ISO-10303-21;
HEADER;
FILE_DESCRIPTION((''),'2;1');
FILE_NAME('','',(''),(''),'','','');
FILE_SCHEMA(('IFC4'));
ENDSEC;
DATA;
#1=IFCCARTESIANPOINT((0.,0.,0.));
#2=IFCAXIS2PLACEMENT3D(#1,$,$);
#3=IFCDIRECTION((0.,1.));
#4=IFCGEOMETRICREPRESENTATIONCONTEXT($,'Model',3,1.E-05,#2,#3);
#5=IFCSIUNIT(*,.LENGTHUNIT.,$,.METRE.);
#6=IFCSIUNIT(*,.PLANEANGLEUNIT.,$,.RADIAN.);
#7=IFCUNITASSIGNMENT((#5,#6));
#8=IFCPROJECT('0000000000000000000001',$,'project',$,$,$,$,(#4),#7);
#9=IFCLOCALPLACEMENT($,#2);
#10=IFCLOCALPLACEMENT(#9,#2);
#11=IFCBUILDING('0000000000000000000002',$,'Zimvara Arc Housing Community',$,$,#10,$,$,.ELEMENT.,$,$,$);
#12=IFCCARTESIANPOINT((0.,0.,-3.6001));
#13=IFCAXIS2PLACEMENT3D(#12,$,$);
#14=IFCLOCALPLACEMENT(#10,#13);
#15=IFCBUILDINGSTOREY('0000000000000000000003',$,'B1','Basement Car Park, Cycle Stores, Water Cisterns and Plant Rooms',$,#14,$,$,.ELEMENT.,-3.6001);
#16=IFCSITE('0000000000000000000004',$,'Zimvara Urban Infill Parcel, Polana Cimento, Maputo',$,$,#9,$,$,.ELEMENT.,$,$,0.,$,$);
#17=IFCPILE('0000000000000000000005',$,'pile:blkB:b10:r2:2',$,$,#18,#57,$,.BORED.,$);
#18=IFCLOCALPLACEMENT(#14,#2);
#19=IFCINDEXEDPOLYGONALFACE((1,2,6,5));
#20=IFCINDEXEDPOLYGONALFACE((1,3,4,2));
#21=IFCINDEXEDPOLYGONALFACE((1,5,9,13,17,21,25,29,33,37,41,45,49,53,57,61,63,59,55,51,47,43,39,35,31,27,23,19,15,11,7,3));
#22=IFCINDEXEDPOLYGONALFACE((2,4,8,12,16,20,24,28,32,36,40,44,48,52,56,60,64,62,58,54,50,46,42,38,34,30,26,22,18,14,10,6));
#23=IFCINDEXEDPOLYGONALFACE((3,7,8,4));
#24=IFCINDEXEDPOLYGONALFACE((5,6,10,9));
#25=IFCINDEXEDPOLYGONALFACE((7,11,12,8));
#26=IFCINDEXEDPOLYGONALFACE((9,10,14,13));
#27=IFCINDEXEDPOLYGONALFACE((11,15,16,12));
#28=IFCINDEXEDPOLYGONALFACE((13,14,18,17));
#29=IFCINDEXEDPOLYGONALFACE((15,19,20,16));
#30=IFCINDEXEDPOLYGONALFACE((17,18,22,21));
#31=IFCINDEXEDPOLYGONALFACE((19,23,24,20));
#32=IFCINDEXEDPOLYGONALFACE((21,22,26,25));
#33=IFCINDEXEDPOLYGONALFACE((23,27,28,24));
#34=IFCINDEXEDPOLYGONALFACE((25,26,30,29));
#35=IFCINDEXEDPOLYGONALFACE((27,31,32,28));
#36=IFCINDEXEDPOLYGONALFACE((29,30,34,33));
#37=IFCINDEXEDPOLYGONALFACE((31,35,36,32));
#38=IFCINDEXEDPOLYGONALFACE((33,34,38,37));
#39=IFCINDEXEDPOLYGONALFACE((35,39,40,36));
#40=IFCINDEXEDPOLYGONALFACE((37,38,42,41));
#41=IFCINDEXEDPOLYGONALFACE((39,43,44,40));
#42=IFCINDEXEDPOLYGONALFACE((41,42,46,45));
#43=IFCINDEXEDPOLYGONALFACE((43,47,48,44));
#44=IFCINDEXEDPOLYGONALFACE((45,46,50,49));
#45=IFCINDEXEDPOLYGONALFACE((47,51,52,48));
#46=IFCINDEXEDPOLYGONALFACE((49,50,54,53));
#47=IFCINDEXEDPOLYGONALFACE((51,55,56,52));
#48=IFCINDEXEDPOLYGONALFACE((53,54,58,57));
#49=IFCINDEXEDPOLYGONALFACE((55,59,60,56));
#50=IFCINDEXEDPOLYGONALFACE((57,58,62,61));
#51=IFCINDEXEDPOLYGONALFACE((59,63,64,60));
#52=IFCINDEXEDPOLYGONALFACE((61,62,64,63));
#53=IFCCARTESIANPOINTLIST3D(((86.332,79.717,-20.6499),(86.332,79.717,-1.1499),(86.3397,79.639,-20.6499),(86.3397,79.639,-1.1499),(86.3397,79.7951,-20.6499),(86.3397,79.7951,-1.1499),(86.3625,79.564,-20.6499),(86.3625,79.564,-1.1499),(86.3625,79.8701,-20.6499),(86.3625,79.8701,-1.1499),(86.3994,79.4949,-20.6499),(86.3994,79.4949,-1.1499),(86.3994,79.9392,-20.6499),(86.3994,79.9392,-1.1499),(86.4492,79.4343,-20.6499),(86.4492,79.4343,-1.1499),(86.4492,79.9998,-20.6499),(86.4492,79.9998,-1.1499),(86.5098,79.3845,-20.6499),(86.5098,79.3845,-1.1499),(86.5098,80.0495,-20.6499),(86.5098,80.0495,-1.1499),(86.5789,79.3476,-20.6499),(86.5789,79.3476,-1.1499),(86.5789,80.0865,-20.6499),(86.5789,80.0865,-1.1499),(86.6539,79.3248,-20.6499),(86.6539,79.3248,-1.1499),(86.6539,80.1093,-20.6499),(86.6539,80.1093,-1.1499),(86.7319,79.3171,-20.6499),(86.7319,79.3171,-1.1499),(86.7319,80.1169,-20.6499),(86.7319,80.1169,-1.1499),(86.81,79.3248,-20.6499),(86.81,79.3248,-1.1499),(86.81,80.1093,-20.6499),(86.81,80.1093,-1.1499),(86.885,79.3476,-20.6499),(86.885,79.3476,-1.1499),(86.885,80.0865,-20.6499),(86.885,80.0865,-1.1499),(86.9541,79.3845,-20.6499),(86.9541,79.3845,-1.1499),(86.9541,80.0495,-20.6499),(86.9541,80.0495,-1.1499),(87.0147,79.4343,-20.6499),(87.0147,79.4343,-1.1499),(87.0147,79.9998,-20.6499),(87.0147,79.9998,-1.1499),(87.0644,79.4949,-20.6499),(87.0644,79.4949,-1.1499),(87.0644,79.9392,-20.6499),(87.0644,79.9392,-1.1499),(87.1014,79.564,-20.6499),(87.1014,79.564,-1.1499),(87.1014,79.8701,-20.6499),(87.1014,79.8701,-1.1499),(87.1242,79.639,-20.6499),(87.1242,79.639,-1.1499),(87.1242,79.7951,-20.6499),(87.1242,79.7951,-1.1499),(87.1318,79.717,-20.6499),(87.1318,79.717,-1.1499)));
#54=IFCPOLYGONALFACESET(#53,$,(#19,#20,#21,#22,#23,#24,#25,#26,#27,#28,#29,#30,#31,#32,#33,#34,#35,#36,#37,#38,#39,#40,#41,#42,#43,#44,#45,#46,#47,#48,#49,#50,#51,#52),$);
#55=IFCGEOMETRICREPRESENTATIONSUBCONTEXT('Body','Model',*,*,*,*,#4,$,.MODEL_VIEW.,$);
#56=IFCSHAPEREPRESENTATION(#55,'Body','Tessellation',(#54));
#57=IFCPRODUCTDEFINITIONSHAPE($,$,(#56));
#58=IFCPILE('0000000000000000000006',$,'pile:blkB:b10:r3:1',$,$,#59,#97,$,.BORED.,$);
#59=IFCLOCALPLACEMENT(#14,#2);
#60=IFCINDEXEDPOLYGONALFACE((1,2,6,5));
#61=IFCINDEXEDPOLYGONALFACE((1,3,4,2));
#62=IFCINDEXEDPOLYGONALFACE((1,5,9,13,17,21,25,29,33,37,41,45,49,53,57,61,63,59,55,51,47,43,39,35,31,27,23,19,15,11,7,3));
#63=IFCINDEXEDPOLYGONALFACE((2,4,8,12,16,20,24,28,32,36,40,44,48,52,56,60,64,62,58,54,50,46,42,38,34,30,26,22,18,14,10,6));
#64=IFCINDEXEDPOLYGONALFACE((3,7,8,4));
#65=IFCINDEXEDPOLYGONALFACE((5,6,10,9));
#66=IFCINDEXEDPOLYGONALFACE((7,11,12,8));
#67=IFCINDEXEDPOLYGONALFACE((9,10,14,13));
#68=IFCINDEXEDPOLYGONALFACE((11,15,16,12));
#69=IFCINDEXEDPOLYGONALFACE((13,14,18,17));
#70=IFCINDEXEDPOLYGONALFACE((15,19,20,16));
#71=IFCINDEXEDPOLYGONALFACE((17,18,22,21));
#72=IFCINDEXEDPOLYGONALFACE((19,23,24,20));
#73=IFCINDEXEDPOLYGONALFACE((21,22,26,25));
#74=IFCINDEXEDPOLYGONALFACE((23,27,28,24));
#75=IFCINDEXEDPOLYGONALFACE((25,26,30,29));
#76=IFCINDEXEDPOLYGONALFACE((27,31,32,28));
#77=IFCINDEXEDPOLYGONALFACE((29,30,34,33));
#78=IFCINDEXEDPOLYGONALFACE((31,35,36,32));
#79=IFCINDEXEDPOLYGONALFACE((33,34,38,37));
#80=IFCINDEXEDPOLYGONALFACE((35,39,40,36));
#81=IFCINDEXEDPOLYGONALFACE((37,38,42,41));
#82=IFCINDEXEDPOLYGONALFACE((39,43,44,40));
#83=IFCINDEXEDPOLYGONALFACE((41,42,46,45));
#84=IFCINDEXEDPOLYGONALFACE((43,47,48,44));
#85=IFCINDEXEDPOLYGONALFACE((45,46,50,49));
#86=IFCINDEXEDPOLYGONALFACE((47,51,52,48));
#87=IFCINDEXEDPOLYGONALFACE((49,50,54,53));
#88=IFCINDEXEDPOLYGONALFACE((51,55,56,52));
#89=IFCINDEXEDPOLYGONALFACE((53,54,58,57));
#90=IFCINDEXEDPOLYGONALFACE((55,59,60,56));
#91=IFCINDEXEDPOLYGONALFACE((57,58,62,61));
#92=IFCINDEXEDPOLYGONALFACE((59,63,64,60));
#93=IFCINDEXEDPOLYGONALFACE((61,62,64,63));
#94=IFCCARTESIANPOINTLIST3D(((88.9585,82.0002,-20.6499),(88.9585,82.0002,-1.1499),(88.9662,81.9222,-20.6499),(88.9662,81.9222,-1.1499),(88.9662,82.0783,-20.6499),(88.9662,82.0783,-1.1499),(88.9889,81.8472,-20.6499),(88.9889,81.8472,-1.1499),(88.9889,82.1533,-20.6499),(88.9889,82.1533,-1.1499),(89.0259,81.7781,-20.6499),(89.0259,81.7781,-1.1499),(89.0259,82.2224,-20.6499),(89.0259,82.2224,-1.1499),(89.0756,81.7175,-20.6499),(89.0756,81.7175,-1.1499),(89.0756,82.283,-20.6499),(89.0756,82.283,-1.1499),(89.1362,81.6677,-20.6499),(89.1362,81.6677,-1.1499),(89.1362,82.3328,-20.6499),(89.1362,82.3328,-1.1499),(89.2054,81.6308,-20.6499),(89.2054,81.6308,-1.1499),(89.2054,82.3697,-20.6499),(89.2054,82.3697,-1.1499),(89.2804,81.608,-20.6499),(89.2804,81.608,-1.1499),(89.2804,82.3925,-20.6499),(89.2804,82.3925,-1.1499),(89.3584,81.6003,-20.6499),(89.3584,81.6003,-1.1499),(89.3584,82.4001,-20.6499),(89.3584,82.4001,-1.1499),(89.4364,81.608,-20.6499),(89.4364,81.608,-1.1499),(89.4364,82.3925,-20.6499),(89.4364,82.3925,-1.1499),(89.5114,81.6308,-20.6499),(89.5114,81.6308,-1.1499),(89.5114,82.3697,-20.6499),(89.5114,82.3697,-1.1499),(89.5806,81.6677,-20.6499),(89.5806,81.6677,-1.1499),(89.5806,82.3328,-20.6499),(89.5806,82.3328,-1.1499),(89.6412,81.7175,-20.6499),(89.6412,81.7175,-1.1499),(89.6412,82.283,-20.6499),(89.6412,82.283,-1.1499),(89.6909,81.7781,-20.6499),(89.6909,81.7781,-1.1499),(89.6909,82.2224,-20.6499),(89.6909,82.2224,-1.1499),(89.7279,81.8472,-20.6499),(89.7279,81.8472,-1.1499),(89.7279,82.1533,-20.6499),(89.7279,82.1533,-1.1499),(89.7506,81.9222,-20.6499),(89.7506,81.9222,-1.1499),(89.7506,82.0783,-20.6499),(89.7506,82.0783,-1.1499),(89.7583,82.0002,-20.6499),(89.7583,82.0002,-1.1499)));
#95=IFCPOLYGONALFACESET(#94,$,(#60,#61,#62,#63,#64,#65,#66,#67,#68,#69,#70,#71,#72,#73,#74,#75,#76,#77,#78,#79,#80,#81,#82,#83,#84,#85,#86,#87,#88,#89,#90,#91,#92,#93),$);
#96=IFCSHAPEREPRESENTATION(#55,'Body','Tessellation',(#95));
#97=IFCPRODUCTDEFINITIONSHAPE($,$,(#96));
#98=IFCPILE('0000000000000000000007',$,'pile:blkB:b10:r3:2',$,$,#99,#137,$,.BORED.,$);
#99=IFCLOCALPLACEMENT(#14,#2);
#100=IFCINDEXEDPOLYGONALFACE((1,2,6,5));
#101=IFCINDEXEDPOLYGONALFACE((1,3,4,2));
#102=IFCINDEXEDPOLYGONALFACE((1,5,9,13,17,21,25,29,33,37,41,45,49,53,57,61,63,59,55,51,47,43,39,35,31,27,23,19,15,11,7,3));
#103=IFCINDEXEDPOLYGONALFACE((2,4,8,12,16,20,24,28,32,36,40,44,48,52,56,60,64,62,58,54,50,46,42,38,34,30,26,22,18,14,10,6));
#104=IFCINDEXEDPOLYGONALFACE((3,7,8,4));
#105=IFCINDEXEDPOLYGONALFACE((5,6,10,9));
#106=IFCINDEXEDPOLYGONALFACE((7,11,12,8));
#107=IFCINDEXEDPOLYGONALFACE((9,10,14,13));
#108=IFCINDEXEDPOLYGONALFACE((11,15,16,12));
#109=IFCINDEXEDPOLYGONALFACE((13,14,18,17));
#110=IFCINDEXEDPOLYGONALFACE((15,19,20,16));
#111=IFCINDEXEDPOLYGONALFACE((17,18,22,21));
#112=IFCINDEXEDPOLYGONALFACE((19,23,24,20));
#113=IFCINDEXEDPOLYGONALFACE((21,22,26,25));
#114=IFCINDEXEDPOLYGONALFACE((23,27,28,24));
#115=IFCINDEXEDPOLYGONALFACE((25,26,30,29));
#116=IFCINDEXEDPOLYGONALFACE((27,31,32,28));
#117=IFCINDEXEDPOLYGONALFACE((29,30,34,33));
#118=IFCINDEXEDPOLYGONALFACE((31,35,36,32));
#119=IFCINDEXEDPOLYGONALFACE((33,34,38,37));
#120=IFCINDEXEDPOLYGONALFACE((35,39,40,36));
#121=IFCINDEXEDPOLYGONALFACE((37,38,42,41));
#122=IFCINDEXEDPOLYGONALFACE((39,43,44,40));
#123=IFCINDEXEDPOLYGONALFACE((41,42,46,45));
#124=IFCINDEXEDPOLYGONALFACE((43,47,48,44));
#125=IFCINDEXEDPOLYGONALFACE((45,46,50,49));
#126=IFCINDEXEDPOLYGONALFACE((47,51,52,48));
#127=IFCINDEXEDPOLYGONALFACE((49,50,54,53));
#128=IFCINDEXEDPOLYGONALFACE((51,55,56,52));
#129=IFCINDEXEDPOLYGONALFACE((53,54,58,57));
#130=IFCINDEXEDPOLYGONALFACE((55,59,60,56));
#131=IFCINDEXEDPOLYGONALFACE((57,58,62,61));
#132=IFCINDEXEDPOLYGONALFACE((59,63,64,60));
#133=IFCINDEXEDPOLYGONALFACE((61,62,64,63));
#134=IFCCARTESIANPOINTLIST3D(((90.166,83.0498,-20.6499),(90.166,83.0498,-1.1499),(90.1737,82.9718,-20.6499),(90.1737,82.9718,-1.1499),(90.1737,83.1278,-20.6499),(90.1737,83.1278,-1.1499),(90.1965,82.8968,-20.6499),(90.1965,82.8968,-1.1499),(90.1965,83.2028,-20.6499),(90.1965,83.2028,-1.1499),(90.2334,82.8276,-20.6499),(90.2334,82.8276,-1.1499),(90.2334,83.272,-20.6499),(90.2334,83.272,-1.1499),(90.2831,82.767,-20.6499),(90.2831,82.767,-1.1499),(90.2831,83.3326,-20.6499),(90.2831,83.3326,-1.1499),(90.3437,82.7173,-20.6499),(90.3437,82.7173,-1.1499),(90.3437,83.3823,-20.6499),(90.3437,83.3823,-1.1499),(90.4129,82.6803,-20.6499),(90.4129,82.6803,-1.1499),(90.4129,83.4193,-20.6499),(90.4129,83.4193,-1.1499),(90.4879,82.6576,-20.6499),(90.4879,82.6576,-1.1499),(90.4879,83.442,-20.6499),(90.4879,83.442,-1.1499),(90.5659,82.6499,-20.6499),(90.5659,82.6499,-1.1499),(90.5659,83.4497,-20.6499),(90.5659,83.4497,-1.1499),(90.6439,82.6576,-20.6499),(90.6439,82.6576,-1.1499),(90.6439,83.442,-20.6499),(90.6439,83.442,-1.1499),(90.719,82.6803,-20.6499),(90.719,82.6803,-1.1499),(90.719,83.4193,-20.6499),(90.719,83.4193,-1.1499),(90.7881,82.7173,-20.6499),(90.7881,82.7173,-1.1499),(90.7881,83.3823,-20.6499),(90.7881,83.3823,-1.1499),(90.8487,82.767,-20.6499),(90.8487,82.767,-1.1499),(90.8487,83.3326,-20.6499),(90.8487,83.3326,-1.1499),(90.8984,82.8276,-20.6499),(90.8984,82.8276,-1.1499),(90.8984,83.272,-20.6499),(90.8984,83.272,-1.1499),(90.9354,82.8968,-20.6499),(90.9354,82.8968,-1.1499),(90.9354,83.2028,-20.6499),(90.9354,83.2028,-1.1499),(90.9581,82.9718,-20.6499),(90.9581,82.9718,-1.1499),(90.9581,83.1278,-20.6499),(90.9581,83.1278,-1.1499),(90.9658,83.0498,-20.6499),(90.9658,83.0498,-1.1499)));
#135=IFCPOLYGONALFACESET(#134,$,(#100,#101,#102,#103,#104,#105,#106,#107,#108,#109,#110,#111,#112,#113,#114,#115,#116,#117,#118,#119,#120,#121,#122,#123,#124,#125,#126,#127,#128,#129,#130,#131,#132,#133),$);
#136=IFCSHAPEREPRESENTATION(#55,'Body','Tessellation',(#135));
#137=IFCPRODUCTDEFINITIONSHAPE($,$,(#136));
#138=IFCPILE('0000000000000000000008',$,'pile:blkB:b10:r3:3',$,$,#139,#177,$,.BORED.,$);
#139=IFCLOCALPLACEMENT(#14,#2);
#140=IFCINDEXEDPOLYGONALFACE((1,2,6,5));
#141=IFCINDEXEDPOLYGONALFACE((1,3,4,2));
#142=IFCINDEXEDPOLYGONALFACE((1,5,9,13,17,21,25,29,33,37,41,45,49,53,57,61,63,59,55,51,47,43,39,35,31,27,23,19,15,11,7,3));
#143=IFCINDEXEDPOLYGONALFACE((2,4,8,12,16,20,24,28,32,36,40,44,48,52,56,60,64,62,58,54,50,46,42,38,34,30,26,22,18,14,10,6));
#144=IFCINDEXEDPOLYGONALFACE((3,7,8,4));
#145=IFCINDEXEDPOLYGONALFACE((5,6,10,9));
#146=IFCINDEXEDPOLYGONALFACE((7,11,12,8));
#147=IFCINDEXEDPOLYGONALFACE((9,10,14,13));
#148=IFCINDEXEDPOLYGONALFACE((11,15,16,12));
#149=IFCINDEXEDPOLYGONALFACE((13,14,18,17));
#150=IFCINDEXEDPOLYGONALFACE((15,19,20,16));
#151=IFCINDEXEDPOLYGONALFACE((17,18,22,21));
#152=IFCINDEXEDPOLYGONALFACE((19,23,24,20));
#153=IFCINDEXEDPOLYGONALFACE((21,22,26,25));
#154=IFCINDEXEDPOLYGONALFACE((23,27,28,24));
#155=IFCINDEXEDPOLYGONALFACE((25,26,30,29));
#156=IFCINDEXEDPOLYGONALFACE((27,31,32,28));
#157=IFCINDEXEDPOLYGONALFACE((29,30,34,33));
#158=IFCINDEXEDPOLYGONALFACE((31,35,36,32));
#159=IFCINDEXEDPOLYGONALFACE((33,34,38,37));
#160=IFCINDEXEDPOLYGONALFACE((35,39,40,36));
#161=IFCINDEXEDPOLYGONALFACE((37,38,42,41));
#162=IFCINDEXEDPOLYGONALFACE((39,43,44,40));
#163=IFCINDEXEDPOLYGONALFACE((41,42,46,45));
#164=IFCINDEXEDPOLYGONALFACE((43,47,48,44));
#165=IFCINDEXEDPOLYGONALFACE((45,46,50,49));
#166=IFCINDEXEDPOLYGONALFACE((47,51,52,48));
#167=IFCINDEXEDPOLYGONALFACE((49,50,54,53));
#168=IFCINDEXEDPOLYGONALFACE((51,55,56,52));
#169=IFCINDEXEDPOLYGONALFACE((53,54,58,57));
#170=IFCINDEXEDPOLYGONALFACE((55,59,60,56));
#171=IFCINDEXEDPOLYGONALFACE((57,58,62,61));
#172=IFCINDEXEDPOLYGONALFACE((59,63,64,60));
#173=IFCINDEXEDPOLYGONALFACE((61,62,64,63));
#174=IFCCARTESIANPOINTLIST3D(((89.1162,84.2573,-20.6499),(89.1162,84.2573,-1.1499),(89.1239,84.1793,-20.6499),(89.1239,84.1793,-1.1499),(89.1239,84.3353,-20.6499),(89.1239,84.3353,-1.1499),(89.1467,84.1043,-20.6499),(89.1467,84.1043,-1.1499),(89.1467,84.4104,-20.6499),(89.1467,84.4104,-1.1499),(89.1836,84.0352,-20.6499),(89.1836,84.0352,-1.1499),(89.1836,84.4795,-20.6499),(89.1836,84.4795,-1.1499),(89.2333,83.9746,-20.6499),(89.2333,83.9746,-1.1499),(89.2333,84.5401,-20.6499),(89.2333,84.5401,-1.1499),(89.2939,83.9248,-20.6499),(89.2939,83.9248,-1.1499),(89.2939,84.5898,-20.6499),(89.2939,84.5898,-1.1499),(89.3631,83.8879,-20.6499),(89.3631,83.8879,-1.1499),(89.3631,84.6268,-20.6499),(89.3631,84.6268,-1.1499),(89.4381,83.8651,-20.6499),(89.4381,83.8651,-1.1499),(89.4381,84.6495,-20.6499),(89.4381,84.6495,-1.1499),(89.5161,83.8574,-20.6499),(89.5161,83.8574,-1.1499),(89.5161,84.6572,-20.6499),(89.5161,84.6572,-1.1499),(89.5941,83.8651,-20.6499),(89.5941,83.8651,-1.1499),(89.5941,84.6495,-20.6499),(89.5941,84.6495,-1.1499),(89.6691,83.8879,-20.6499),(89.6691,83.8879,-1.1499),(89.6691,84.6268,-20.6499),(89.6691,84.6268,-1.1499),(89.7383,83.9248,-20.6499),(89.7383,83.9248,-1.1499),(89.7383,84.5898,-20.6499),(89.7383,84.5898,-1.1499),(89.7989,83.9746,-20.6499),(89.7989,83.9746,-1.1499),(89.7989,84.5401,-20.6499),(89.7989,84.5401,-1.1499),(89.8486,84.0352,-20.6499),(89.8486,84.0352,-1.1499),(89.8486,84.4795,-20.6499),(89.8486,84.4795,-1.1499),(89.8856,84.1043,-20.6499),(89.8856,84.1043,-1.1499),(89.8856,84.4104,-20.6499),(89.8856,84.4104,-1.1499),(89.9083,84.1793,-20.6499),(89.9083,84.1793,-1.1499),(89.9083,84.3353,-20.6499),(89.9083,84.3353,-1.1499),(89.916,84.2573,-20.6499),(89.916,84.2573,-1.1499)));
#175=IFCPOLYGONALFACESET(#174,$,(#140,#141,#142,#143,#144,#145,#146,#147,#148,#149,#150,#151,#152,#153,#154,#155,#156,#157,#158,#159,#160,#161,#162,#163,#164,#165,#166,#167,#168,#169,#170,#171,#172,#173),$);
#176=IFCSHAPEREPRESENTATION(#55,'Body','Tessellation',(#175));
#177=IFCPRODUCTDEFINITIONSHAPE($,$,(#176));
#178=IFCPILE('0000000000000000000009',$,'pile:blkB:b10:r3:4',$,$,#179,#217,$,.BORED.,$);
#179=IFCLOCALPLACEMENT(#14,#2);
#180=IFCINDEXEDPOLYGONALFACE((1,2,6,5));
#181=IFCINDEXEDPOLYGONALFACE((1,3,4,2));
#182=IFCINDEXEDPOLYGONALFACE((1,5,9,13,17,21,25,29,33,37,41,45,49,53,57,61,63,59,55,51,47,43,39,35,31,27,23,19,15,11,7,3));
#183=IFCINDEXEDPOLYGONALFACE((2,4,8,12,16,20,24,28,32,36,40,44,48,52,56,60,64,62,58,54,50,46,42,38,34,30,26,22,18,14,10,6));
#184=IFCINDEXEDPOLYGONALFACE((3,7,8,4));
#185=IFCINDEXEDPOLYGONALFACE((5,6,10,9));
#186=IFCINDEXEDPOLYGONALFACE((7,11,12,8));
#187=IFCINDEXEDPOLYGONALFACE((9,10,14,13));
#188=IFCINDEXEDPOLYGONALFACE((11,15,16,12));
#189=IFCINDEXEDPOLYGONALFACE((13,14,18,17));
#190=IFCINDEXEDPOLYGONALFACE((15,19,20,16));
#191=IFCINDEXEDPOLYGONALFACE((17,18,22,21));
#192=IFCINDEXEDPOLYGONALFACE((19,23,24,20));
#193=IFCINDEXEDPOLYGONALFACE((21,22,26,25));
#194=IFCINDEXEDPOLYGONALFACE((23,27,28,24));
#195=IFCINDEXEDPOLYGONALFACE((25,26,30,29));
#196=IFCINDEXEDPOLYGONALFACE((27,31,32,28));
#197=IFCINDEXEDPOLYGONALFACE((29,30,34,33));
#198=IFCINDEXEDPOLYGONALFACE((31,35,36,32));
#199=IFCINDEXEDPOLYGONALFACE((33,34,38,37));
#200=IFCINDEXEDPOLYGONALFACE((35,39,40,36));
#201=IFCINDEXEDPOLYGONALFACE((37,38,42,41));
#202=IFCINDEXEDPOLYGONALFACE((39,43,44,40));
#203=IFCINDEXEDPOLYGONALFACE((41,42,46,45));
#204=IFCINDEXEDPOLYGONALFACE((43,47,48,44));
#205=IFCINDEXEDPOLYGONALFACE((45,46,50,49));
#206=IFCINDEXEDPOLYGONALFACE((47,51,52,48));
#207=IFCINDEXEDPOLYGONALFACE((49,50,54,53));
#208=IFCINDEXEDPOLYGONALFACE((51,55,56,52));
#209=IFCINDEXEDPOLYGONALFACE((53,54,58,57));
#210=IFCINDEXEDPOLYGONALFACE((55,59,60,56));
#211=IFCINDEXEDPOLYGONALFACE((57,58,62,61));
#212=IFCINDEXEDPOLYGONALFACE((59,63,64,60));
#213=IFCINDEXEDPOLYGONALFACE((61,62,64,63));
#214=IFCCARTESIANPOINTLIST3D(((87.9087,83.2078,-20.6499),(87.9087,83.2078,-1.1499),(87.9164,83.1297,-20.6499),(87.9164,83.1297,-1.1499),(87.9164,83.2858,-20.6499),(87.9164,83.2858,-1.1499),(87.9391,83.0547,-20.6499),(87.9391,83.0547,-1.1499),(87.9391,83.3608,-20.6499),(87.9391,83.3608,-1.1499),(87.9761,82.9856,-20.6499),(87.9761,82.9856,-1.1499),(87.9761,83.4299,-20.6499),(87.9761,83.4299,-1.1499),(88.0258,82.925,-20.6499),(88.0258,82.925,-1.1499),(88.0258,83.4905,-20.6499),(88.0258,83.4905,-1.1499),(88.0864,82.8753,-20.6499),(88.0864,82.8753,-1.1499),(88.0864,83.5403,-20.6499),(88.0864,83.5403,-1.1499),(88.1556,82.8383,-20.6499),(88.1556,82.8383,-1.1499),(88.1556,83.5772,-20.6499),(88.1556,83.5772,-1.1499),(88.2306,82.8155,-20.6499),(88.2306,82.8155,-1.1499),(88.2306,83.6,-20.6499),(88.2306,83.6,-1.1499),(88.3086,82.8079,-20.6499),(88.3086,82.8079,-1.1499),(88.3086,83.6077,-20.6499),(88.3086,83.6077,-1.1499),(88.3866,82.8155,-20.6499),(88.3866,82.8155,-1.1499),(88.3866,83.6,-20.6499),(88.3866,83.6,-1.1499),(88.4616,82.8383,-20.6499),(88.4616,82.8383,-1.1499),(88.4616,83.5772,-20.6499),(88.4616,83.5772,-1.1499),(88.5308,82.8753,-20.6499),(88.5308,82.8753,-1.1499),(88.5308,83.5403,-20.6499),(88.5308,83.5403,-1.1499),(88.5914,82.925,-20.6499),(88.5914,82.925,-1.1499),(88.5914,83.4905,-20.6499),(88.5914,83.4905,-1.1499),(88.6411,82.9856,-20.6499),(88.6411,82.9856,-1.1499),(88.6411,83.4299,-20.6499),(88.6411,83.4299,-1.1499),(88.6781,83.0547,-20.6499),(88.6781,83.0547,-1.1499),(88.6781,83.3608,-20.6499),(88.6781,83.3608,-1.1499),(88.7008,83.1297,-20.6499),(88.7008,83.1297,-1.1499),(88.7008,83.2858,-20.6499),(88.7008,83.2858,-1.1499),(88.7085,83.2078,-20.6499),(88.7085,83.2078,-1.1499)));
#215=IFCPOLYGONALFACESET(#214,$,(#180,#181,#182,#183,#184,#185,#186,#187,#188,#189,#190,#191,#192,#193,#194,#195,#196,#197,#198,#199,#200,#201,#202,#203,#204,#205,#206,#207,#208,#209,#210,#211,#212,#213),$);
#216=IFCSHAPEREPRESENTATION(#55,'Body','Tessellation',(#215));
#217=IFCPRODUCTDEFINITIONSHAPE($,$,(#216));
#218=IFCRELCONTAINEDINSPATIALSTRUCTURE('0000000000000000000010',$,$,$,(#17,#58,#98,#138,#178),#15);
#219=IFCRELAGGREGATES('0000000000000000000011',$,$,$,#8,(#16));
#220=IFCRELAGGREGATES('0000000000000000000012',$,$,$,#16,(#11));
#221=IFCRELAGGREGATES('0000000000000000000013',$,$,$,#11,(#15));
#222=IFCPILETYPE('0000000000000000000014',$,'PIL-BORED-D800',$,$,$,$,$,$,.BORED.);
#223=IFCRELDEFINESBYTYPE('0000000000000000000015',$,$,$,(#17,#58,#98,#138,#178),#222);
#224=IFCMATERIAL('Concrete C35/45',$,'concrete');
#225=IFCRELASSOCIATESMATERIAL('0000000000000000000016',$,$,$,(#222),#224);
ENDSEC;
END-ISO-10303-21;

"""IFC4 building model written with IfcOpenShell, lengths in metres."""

from ifc_helpers import new_model, si_unit, direction, frame, origin, origin_2d, place, context, subcontext, project, spatial, circle, extrude, material, material_profile, profile_set, type_object, element, save


model = new_model("IFC4")

# Units and contexts
model_context = context("Model", 3, precision=1e-05, world=origin(), true_north=direction((0.0, 1.0)))
body_context = subcontext(model_context, "Body", "Model", "MODEL_VIEW")
ifc_project = project(units=[si_unit("LENGTHUNIT", "METRE"), si_unit("PLANEANGLEUNIT", "RADIAN")], contexts=[model_context])

# Site, building, storey
site_placement = place(None, origin())
site = spatial("IfcSite", under=ifc_project, at=site_placement, Name="Zimvara Urban Infill Parcel, Polana Cimento, Maputo", CompositionType="ELEMENT", RefElevation=0.0)
building_placement = place(site_placement, origin())
building = spatial("IfcBuilding", under=site, at=building_placement, Name="Zimvara Arc Housing Community", CompositionType="ELEMENT")
storey_placement = place(building_placement, frame((0.0, 0.0, -3.6001)))
storey = spatial("IfcBuildingStorey", under=building, at=storey_placement, Name="B1", Description="Basement Car Park, Cycle Stores, Water Cisterns and Plant Rooms", CompositionType="ELEMENT", Elevation=-3.6001)

# Piles
ifc_material_1 = material(Name="Concrete C35/45", Category="concrete")
ifc_material_profile_1 = material_profile(ifc_material_1, circle(Radius=0.3999, at=origin_2d()), Name="PILE D800")
ifc_profile_set_1 = profile_set([ifc_material_profile_1], Name="Concrete C35/45")
pile_type_1 = type_object("IfcPileType", Name="PIL-BORED-D800", PredefinedType="BORED", material=ifc_profile_set_1)
for number, where, z_axis, x_axis, name in (
    (1, (86.7319, 79.717, -1.1499), (0.0, 0.0, -1.0), (1.0, 0.0, 0.0), "pile:blkB:b10:r2:2"),
    (2, (89.3584, 82.0002, -1.1499), (0.0, 0.0, -1.0), (1.0, 0.0, 0.0), "pile:blkB:b10:r3:1"),
    (3, (90.5659, 83.0498, -1.1499), (0.0, 0.0, -1.0), (1.0, 0.0, 0.0), "pile:blkB:b10:r3:2"),
    (4, (89.5161, 84.2573, -1.1499), (0.0, 0.0, -1.0), (1.0, 0.0, 0.0), "pile:blkB:b10:r3:3"),
    (5, (88.3086, 83.2078, -1.1499), (0.0, 0.0, -1.0), (1.0, 0.0, 0.0), "pile:blkB:b10:r3:4"),
):
    element("IfcPile", number, at=place(storey_placement, frame(where, z_axis=z_axis, x_axis=x_axis)), inside=storey, type_object=pile_type_1, Name=name, PredefinedType="BORED", context=body_context, shape_type="SweptSolid", body=[
        extrude(circle(Radius=0.3999, at=origin_2d()), origin(), (0.0, 0.0, 1.0), 19.5),
    ])

save(model, "model.ifc")
